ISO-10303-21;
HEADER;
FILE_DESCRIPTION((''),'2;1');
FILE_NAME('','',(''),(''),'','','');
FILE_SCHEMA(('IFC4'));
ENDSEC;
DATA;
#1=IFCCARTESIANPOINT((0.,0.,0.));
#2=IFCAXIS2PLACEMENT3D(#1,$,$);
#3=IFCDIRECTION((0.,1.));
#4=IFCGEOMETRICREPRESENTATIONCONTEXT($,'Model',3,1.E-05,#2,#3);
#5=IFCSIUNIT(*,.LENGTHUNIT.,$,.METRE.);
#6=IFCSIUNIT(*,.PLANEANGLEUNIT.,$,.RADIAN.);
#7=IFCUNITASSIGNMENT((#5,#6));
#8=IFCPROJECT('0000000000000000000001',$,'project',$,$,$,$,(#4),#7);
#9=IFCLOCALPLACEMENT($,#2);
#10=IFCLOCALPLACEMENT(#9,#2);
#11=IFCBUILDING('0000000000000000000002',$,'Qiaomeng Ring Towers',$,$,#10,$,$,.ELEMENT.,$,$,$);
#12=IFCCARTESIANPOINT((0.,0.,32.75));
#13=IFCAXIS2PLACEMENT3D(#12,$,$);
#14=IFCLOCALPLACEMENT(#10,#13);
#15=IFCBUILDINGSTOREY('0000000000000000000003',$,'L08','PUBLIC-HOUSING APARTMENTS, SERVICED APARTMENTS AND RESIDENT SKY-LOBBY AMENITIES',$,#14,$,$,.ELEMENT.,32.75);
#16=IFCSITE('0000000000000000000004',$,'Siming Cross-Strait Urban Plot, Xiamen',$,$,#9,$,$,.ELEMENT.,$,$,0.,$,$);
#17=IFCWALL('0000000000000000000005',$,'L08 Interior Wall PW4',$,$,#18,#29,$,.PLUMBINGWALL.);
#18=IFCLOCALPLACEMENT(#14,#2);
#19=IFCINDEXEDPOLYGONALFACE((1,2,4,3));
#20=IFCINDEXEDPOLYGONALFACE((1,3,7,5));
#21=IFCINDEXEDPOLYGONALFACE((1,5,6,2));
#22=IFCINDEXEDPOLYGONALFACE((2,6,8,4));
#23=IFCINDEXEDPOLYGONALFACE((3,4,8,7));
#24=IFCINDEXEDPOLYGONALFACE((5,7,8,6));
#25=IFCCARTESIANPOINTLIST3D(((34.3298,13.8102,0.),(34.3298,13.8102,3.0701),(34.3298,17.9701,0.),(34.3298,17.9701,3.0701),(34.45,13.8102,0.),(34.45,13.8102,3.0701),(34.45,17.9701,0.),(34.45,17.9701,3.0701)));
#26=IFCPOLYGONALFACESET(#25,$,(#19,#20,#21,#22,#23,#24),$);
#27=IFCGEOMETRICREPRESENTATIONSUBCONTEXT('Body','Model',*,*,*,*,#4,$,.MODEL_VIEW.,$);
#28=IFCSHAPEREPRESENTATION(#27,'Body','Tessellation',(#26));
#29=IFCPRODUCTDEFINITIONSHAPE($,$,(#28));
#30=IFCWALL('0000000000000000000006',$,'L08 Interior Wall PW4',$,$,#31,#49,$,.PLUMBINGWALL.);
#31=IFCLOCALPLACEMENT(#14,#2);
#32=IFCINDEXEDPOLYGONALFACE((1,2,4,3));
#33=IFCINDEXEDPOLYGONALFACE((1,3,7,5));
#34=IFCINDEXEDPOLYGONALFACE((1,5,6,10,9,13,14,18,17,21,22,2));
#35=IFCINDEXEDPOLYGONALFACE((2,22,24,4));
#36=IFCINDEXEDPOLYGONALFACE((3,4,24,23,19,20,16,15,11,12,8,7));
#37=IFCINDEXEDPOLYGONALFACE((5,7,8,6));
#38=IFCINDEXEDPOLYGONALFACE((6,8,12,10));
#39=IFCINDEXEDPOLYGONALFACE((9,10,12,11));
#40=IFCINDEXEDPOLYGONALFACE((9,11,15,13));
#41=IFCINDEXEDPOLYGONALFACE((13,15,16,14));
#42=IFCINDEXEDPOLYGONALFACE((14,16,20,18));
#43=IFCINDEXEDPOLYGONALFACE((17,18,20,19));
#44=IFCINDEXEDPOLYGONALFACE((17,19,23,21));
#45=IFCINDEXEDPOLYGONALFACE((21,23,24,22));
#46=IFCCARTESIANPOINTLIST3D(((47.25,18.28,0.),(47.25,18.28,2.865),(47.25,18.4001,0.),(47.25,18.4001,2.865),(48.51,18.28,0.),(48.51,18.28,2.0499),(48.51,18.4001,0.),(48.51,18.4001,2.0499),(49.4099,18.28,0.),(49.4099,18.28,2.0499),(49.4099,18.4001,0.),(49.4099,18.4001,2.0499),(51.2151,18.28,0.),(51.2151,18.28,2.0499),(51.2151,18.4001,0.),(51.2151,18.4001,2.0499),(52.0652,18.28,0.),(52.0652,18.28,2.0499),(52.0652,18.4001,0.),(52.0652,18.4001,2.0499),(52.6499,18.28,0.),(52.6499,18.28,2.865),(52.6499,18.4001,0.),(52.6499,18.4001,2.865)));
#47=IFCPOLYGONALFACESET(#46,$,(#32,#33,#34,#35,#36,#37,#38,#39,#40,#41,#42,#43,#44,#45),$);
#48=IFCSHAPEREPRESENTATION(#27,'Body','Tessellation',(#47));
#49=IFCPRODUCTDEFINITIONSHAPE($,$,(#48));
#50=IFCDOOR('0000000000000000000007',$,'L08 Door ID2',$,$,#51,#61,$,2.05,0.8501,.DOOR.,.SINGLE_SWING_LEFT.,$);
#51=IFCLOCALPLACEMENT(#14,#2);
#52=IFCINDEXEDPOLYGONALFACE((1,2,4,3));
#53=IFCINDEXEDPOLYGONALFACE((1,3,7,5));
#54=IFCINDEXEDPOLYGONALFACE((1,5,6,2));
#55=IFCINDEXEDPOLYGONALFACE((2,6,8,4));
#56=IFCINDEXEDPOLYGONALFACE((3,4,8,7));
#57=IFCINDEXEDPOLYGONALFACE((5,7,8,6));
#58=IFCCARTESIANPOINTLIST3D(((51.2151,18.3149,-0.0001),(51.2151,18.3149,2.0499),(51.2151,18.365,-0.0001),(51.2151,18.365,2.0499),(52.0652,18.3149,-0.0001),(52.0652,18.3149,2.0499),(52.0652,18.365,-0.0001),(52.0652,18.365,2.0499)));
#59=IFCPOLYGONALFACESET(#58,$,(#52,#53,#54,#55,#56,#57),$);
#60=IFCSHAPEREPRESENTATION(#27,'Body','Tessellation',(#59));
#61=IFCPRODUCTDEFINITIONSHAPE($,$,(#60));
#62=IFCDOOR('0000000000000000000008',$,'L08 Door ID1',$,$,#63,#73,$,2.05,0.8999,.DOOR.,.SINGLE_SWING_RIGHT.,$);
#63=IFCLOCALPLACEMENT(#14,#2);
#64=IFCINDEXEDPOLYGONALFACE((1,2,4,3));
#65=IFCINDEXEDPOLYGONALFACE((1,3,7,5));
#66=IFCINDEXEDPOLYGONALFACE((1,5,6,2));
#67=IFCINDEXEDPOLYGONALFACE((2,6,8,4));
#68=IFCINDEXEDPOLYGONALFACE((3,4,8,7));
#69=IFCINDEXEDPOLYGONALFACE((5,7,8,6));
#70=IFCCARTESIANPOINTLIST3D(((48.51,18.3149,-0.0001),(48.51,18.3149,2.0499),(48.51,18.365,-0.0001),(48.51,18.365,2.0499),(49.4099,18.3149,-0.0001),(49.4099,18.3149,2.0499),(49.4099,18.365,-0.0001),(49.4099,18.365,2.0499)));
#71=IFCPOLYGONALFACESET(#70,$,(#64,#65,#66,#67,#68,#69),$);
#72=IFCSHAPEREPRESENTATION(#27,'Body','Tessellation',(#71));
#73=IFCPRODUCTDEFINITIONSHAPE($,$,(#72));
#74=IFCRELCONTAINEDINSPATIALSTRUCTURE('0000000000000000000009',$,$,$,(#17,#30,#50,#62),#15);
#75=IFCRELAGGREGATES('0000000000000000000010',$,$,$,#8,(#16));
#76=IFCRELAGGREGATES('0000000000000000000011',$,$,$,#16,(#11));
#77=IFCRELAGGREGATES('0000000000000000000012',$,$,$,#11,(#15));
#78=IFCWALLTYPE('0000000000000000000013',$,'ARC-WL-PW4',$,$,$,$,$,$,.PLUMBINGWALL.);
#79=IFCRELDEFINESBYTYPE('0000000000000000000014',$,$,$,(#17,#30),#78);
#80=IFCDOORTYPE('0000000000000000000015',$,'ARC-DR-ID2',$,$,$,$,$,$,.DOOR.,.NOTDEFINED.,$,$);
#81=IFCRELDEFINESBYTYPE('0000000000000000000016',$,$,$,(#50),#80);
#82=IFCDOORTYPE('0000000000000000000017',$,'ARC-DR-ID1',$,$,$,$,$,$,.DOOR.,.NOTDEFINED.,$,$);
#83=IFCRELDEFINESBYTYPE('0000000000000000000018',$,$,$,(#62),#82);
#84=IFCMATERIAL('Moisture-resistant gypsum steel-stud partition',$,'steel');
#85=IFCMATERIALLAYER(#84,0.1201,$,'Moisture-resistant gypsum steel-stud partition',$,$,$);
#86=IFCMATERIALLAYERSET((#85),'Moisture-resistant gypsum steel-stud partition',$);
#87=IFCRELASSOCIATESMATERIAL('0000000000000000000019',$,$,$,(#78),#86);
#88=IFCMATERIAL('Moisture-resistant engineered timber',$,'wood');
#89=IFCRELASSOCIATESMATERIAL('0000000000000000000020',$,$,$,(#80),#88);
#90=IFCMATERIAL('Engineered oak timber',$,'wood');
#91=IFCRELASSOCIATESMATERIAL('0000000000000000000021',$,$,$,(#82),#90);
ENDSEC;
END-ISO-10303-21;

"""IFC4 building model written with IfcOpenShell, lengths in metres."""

from ifc_helpers import new_model, si_unit, direction, frame, frame_2d, origin, place, context, subcontext, project, spatial, rectangle, extrude, source, transform, mapped, material, layer, layer_set, type_object, element, fill, save


model = new_model("IFC4")

# Units and contexts
model_context = context("Model", 3, precision=1e-05, world=origin(), true_north=direction((0.0, 1.0)))
body_context = subcontext(model_context, "Body", "Model", "MODEL_VIEW")
ifc_project = project(units=[si_unit("LENGTHUNIT", "METRE"), si_unit("PLANEANGLEUNIT", "RADIAN")], contexts=[model_context])

# Site, building, storey
site_placement = place(None, origin())
site = spatial("IfcSite", under=ifc_project, at=site_placement, Name="Siming Cross-Strait Urban Plot, Xiamen", CompositionType="ELEMENT", RefElevation=0.0)
building_placement = place(site_placement, origin())
building = spatial("IfcBuilding", under=site, at=building_placement, Name="Qiaomeng Ring Towers", CompositionType="ELEMENT")
storey_placement = place(building_placement, frame((0.0, 0.0, 32.75)))
storey = spatial("IfcBuildingStorey", under=building, at=storey_placement, Name="L08", Description="PUBLIC-HOUSING APARTMENTS, SERVICED APARTMENTS AND RESIDENT SKY-LOBBY AMENITIES", CompositionType="ELEMENT", Elevation=32.75)

# Shared definitions
ifc_material_1 = material(Name="Moisture-resistant gypsum steel-stud partition", Category="steel")
ifc_layer_1 = layer(ifc_material_1, 0.1201, Name="Moisture-resistant gypsum steel-stud partition")
ifc_layer_set_1 = layer_set([ifc_layer_1], Name="Moisture-resistant gypsum steel-stud partition")
wall_type_1 = type_object("IfcWallType", Name="ARC-WL-PW4", PredefinedType="PLUMBINGWALL", material=ifc_layer_set_1)
ifc_material_2 = material(Name="Moisture-resistant engineered timber", Category="wood")
door_type_1 = type_object("IfcDoorType", Name="ARC-DR-ID2", OperationType="NOTDEFINED", PredefinedType="DOOR", material=ifc_material_2)
shared_shape_1 = source(origin(), body_context, "Body", "SweptSolid", [
    extrude(rectangle(XDim=0.8501, YDim=2.05, at=frame_2d((0.425, 1.0249))), frame((0.0, 0.0249, 0.0), z_axis=(0.0, -1.0, 0.0), x_axis=(1.0, 0.0, 0.0)), (0.0, 0.0, 1.0), 0.05),
])
ifc_material_3 = material(Name="Engineered oak timber", Category="wood")
door_type_2 = type_object("IfcDoorType", Name="ARC-DR-ID1", OperationType="NOTDEFINED", PredefinedType="DOOR", material=ifc_material_3)
shared_shape_2 = source(origin(), body_context, "Body", "SweptSolid", [
    extrude(rectangle(XDim=0.8999, YDim=2.05, at=frame_2d((0.45, 1.0249))), frame((0.0, 0.0249, 0.0), z_axis=(0.0, -1.0, 0.0), x_axis=(1.0, 0.0, 0.0)), (0.0, 0.0, 1.0), 0.05),
])

# Wall
wall_1_placement = place(storey_placement, frame((34.3899, 13.8101, 0.0), z_axis=(0.0, 0.0, 1.0), x_axis=(0.0, 1.0, 0.0)))
element("IfcWall", 1, at=wall_1_placement, inside=storey, type_object=wall_type_1, Name="L08 Interior Wall PW4", PredefinedType="PLUMBINGWALL", context=body_context, shape_type="SweptSolid", body=[
    extrude(rectangle(XDim=4.1599, YDim=0.1201, at=frame_2d((2.0801, 0.0))), origin(), (0.0, 0.0, 1.0), 3.0701),
])

# Wall, openings, doors
wall_2_placement = place(storey_placement, frame((47.25, 18.3401, 0.0), z_axis=(0.0, 0.0, 1.0), x_axis=(1.0, 0.0, 0.0)))
wall_2 = element("IfcWall", 2, at=wall_2_placement, inside=storey, type_object=wall_type_1, Name="L08 Interior Wall PW4", PredefinedType="PLUMBINGWALL", context=body_context, shape_type="SweptSolid", body=[
    extrude(rectangle(XDim=5.3999, YDim=0.1201, at=frame_2d((2.7, 0.0))), origin(), (0.0, 0.0, 1.0), 2.865),
])
opening_1_placement = place(wall_2_placement, frame((1.26, 0.0, 0.0)))
opening_1 = element("IfcOpeningElement", 3, at=opening_1_placement, cuts=wall_2, PredefinedType="OPENING", context=body_context, shape_type="SweptSolid", body=[
    extrude(rectangle(XDim=0.8999, YDim=2.05, at=frame_2d((0.45, 1.0249))), frame((0.0, 0.0701, 0.0), z_axis=(0.0, -1.0, 0.0), x_axis=(1.0, 0.0, 0.0)), (0.0, 0.0, 1.0), 0.1401),
])
opening_2_placement = place(wall_2_placement, frame((3.9651, 0.0, 0.0)))
opening_2 = element("IfcOpeningElement", 4, at=opening_2_placement, cuts=wall_2, PredefinedType="OPENING", context=body_context, shape_type="SweptSolid", body=[
    extrude(rectangle(XDim=0.8501, YDim=2.05, at=frame_2d((0.425, 1.0249))), frame((0.0, 0.0701, 0.0), z_axis=(0.0, -1.0, 0.0), x_axis=(1.0, 0.0, 0.0)), (0.0, 0.0, 1.0), 0.1401),
])
door_1_placement = place(opening_2_placement, origin())
door_1 = element("IfcDoor", 5, at=door_1_placement, inside=storey, type_object=door_type_1, Name="L08 Door ID2", OperationType="SINGLE_SWING_LEFT", OverallHeight=2.05, OverallWidth=0.8501, PredefinedType="DOOR", context=body_context, shape_type="MappedRepresentation", body=[
    mapped(shared_shape_1, transform((0.0, 0.0, 0.0), x_axis=(1.0, 0.0, 0.0), y_axis=(0.0, 1.0, 0.0), z_axis=(0.0, 0.0, 1.0), scale=1.0)),
])
fill(opening_2, door_1)
door_2_placement = place(opening_1_placement, origin())
door_2 = element("IfcDoor", 6, at=door_2_placement, inside=storey, type_object=door_type_2, Name="L08 Door ID1", OperationType="SINGLE_SWING_RIGHT", OverallHeight=2.05, OverallWidth=0.8999, PredefinedType="DOOR", context=body_context, shape_type="MappedRepresentation", body=[
    mapped(shared_shape_2, transform((0.0, 0.0, 0.0), x_axis=(1.0, 0.0, 0.0), y_axis=(0.0, 1.0, 0.0), z_axis=(0.0, 0.0, 1.0), scale=1.0)),
])
fill(opening_1, door_2)

save(model, "model.ifc")
